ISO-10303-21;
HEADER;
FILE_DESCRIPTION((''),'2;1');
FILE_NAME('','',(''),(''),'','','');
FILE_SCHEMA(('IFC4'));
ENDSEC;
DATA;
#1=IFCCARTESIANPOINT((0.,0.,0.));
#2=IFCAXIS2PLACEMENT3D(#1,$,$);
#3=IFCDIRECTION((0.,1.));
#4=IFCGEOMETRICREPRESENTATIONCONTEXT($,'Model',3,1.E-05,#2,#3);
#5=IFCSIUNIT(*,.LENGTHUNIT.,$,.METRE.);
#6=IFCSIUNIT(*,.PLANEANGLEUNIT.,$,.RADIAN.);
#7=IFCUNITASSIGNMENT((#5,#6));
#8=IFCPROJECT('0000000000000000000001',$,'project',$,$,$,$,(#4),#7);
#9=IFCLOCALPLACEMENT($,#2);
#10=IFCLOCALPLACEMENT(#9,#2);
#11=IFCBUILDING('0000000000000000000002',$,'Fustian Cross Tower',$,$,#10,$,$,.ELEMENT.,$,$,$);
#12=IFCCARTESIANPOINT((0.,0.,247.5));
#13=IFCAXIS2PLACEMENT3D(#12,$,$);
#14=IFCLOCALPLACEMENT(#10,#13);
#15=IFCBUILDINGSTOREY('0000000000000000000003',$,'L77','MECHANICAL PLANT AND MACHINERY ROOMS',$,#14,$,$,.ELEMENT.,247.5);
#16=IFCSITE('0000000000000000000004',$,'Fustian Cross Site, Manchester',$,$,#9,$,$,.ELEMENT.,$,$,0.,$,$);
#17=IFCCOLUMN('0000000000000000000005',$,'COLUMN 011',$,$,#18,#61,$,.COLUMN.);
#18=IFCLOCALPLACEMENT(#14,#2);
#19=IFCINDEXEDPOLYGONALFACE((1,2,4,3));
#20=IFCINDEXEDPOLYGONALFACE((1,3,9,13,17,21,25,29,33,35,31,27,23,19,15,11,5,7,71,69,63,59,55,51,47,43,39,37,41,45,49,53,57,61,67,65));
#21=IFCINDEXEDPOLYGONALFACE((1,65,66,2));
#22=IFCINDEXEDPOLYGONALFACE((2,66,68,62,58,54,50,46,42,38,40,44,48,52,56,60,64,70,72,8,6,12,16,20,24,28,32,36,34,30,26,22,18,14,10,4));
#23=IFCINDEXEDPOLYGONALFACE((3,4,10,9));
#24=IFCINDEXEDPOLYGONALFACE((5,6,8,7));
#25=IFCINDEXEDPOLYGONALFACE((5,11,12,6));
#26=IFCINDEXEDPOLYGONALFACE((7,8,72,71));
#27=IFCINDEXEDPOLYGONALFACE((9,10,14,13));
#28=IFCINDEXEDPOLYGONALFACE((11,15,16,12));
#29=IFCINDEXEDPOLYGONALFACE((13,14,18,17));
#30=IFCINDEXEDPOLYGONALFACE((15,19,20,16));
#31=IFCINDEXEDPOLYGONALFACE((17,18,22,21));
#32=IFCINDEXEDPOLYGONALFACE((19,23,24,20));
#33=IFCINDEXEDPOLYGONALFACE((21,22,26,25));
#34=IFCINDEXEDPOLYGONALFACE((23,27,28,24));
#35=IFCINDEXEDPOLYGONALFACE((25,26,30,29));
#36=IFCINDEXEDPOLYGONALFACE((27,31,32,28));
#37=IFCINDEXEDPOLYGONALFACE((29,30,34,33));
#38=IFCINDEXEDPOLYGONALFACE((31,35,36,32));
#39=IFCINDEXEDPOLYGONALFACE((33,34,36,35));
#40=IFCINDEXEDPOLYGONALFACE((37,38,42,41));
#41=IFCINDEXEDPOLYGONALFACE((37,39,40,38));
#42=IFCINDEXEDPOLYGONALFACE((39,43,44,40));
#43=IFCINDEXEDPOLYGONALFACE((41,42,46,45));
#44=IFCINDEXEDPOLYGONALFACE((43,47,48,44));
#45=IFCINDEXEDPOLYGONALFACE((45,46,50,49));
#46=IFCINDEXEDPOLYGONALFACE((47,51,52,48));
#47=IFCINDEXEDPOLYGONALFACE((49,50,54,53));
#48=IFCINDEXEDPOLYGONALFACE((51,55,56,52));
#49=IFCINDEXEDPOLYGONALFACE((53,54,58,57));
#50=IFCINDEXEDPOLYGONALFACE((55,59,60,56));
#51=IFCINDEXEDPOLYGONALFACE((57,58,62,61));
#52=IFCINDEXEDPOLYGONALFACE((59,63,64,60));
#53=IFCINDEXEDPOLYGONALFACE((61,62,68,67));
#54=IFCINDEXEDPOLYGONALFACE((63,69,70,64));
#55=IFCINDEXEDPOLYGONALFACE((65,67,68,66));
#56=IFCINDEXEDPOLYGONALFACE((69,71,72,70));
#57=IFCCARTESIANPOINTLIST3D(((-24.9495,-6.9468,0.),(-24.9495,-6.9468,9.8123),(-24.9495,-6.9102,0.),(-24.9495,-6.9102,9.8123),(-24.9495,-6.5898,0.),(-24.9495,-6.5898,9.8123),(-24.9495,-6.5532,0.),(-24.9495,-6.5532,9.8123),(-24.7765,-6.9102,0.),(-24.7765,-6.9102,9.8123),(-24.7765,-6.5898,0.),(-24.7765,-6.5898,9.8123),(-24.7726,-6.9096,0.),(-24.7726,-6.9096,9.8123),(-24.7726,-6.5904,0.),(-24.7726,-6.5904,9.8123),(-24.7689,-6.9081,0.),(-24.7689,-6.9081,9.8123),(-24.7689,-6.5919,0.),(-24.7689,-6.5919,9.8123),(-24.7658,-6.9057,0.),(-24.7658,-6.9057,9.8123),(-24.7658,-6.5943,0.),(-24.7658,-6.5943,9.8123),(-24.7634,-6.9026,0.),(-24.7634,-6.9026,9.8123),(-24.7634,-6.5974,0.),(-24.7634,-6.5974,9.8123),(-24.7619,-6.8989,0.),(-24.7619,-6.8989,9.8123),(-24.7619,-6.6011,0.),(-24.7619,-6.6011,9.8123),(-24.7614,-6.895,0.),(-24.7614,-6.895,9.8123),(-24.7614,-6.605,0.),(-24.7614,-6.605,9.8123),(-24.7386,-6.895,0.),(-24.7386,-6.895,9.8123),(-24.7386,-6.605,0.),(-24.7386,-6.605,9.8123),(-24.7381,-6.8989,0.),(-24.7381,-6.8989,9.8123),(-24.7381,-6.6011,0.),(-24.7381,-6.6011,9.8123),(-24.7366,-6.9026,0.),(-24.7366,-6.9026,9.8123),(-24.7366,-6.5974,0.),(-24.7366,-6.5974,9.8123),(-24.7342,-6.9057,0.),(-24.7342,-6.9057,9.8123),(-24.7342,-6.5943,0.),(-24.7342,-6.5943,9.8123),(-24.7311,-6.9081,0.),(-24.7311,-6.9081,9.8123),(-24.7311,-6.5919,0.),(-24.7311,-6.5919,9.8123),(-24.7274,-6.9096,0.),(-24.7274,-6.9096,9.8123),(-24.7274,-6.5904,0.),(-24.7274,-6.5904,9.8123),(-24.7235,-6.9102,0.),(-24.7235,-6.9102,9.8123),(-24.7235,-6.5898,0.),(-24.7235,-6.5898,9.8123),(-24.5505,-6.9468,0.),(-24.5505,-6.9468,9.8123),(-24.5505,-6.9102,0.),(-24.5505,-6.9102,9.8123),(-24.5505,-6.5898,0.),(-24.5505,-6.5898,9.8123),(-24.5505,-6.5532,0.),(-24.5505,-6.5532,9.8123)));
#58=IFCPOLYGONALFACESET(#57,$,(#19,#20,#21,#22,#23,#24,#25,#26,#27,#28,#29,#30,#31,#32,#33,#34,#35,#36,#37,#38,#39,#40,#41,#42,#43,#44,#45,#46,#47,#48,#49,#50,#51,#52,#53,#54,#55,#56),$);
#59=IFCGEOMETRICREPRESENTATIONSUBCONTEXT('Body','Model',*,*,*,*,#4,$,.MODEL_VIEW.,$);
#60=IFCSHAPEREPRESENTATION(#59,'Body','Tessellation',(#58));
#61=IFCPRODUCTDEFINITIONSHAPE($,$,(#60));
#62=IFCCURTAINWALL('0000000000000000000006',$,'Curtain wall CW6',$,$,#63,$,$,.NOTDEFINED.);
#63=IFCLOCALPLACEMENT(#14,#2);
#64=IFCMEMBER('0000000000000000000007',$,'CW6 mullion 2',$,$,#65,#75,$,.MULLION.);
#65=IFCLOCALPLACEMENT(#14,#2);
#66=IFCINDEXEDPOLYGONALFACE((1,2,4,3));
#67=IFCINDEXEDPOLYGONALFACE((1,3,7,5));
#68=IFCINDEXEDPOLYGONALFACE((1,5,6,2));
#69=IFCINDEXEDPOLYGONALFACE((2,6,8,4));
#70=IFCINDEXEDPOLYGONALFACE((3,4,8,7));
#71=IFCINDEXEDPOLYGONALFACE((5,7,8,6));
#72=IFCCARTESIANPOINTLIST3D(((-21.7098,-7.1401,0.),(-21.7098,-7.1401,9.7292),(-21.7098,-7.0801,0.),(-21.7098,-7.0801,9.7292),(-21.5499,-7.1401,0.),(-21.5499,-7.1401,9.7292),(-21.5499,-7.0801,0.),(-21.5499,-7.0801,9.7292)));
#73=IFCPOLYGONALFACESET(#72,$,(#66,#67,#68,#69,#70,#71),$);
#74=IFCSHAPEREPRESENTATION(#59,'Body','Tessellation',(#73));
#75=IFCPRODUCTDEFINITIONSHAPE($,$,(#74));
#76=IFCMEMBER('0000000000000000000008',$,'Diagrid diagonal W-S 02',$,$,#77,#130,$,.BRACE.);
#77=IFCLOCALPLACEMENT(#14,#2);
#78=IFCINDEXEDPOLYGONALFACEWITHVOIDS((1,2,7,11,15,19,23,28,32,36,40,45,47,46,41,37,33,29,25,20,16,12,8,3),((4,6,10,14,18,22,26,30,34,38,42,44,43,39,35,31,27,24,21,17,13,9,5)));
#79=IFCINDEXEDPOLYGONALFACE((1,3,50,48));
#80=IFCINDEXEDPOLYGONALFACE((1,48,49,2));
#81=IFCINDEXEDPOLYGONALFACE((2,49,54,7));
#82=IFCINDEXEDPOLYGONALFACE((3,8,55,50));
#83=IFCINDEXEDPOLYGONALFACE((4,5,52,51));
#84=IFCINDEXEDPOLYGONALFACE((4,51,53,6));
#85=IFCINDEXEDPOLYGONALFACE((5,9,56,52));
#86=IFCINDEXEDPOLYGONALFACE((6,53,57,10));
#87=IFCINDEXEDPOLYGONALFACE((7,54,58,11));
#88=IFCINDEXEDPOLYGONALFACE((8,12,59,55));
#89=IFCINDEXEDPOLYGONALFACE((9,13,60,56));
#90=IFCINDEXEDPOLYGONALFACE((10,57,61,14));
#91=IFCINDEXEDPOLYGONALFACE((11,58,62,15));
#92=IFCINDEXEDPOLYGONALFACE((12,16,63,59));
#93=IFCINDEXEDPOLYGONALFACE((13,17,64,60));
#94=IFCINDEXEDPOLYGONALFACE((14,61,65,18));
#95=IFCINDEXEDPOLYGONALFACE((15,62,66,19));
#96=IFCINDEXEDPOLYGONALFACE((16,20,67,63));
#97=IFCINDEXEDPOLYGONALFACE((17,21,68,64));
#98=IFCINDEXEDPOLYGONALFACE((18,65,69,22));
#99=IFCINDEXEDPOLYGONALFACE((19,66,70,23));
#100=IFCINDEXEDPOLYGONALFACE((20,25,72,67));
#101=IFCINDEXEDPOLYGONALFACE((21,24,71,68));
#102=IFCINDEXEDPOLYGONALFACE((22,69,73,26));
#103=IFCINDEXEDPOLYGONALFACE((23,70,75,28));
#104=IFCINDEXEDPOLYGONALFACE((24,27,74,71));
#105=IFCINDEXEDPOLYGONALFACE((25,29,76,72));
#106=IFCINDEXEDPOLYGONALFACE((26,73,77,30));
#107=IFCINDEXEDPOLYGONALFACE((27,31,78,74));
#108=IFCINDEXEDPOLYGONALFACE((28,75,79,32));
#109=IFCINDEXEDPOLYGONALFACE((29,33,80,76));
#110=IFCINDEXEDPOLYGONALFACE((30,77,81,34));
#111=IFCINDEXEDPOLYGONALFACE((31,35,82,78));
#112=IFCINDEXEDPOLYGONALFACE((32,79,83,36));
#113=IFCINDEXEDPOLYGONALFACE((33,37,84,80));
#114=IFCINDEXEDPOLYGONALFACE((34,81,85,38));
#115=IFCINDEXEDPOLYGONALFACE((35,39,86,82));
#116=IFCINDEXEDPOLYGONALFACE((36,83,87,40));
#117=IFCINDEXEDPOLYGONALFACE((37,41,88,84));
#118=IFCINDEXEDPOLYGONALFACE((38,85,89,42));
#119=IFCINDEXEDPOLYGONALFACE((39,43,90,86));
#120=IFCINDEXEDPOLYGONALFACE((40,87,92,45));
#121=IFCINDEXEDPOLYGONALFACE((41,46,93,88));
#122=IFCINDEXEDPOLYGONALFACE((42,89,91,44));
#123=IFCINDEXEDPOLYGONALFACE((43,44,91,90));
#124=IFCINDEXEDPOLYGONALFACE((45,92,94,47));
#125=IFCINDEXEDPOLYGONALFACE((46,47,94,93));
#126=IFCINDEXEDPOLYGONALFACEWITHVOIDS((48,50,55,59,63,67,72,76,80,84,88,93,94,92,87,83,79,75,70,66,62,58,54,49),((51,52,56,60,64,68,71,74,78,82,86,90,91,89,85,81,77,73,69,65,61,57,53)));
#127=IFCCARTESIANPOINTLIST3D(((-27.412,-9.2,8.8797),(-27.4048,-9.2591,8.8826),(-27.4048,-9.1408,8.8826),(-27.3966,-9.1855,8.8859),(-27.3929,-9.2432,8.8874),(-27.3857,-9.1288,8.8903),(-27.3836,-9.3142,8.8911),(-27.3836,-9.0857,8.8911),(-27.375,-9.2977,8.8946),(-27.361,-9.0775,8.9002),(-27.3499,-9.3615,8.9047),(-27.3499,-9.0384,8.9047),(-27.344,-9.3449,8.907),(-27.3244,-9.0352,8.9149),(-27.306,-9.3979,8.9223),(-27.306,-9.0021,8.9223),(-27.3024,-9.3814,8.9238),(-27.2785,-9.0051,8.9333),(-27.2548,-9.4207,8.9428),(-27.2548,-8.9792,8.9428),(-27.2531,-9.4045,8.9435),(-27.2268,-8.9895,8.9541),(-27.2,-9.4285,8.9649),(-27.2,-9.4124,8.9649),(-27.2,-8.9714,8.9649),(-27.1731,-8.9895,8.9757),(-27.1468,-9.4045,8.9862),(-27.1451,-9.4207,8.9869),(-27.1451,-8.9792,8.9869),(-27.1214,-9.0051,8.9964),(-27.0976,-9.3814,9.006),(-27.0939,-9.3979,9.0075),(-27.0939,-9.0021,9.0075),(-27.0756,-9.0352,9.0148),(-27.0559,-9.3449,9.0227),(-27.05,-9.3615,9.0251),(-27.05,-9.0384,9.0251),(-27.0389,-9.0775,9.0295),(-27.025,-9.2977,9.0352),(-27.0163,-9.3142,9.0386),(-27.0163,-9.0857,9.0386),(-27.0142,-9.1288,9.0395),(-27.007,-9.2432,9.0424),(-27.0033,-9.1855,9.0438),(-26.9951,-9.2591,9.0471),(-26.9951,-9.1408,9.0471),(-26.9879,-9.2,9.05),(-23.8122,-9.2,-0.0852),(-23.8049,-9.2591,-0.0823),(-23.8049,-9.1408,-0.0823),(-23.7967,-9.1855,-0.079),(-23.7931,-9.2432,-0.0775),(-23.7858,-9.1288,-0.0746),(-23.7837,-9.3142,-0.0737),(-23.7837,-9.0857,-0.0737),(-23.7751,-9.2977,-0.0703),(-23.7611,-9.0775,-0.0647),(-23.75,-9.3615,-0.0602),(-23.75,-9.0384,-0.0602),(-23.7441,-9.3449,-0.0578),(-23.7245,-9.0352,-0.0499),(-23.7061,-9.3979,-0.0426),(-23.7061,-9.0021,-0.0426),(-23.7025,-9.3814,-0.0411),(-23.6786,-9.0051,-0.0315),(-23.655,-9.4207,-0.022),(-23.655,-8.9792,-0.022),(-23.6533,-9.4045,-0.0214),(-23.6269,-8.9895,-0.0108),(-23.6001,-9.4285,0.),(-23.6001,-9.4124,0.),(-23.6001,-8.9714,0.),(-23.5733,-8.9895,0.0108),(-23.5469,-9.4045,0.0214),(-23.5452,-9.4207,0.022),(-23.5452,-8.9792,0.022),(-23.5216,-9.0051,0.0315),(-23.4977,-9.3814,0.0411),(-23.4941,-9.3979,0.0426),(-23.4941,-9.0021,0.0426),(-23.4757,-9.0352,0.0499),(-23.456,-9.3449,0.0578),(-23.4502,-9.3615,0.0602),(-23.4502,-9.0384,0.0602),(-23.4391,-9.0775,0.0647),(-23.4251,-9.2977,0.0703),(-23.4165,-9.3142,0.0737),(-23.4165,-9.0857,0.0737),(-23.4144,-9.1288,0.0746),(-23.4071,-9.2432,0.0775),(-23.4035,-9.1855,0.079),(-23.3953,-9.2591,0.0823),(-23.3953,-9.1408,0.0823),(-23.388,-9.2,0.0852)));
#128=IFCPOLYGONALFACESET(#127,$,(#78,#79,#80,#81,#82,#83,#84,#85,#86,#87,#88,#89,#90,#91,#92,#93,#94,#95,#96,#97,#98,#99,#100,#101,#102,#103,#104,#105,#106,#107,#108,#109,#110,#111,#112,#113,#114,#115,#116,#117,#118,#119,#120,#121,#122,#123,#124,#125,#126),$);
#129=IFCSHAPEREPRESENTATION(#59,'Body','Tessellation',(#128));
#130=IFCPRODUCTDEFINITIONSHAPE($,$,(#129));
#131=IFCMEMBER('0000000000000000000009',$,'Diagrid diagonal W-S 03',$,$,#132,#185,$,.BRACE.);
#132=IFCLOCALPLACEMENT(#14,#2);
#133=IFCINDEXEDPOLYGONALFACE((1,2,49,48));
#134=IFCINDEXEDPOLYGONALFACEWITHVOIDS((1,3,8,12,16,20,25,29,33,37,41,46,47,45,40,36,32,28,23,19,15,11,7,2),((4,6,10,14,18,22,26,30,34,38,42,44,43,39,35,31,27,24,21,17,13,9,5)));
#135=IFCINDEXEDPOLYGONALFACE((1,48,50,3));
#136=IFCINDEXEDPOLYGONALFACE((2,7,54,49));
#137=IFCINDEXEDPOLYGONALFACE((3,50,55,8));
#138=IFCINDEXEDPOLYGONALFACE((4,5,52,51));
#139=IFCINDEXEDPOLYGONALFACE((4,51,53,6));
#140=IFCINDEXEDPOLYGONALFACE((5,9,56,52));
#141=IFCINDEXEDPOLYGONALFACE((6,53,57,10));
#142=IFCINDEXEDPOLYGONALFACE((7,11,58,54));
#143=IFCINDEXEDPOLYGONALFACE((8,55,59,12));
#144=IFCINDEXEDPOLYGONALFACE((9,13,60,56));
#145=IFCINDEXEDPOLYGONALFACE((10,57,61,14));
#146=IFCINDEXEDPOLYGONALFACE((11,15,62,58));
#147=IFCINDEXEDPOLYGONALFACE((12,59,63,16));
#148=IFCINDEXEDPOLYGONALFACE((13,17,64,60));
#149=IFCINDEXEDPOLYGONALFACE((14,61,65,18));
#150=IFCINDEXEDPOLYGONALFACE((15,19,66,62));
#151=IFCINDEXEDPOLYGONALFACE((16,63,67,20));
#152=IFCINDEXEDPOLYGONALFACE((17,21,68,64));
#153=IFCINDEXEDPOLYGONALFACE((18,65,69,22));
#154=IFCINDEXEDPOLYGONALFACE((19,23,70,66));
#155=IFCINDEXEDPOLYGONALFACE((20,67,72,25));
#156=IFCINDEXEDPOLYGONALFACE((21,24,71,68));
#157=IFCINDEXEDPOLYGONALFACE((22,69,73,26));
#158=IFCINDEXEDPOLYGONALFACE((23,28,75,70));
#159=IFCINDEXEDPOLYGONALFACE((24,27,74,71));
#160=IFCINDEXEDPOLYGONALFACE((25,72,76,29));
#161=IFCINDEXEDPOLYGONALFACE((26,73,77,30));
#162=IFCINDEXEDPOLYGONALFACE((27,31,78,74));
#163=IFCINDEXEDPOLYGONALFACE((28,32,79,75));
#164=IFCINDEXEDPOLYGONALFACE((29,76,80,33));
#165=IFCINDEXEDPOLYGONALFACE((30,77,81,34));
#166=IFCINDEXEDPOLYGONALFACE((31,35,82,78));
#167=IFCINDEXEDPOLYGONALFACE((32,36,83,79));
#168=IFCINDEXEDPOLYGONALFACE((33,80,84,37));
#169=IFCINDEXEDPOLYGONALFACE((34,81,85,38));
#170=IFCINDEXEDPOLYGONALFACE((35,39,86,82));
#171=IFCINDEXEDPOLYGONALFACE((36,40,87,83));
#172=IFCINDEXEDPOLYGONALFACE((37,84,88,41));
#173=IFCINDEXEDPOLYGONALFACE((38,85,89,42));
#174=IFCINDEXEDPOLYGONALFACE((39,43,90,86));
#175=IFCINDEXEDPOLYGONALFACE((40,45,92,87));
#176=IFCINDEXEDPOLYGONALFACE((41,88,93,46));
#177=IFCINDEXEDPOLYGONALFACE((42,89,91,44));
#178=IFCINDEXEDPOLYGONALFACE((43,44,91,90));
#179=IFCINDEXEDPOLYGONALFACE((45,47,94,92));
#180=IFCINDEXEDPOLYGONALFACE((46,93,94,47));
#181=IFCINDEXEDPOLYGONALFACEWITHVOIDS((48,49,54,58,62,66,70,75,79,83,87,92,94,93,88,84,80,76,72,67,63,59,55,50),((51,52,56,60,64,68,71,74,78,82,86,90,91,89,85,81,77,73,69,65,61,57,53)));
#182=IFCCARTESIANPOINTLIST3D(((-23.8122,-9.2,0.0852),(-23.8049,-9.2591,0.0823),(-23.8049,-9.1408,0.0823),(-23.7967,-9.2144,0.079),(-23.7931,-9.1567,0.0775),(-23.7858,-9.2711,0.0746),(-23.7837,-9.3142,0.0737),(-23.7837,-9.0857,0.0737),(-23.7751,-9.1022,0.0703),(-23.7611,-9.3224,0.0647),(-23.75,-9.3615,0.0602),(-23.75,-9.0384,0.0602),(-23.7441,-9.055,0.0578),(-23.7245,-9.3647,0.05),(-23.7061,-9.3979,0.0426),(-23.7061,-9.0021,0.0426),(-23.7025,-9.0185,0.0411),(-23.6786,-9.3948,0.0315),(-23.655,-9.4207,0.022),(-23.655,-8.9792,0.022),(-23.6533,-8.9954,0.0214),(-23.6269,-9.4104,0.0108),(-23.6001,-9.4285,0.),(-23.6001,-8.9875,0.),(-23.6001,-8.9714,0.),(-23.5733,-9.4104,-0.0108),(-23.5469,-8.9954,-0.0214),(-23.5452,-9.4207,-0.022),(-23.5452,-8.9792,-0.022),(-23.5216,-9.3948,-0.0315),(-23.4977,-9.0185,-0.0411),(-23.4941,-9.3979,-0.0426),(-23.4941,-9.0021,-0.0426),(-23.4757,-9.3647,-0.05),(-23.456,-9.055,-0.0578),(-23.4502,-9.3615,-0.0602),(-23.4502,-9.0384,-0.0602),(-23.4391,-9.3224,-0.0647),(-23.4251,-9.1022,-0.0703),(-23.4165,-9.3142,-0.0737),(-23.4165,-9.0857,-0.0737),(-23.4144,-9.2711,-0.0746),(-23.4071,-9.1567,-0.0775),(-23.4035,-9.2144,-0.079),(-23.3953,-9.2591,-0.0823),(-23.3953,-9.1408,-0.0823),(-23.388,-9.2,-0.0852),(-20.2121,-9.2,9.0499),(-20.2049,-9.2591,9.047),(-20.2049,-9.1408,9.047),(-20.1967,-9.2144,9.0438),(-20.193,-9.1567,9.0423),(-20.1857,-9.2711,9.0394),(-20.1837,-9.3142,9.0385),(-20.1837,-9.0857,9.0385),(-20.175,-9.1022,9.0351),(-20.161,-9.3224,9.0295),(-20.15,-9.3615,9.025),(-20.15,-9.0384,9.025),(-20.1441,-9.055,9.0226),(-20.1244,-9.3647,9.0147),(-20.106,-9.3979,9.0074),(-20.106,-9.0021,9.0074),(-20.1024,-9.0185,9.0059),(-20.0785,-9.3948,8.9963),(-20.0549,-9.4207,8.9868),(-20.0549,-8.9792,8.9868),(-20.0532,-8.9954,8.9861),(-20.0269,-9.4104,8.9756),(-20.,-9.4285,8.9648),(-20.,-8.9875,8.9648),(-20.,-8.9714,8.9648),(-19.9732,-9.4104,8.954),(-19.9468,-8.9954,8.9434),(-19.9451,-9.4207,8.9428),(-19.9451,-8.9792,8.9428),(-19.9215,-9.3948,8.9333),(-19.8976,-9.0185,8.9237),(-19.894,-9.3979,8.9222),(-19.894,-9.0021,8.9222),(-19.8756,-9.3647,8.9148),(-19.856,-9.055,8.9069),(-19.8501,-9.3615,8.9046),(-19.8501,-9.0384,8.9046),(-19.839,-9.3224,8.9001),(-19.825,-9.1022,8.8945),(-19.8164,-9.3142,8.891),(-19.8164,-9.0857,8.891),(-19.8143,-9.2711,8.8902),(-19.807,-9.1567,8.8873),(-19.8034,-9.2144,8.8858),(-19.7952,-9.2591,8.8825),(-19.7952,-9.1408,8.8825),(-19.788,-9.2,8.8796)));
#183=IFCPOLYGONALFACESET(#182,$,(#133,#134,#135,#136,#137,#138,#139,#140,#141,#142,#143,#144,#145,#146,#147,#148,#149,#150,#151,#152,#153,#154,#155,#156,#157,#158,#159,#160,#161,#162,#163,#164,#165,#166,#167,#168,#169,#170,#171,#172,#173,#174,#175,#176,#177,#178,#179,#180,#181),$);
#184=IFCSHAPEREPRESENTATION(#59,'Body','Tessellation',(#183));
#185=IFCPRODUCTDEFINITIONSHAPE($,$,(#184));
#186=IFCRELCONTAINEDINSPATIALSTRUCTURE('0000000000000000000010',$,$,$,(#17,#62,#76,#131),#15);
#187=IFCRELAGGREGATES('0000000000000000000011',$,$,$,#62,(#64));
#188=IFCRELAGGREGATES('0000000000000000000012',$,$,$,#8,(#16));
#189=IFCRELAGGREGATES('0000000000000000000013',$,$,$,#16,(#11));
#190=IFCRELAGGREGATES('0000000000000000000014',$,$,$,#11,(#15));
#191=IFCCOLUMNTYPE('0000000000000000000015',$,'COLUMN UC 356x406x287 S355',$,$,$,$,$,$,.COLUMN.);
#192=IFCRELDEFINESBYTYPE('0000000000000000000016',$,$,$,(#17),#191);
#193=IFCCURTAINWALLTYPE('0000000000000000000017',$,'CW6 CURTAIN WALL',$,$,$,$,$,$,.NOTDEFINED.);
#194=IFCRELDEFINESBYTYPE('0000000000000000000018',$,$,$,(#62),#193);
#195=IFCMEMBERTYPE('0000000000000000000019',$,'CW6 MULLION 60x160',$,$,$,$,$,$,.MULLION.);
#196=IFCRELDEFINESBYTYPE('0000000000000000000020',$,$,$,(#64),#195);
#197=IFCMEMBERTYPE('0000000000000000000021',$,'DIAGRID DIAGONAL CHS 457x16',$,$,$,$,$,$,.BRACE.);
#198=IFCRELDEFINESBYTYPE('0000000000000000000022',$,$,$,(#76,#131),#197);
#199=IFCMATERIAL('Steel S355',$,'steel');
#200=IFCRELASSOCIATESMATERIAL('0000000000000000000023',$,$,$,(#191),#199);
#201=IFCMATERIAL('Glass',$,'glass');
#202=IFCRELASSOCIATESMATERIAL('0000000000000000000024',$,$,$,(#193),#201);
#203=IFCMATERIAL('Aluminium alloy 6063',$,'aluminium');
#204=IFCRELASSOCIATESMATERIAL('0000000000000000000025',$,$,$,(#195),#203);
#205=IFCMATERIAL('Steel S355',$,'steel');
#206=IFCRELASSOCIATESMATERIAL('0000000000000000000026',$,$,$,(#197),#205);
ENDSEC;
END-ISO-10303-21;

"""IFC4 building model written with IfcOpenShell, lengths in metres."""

from ifc_helpers import new_model, si_unit, direction, frame, origin, origin_2d, place, context, subcontext, project, spatial, rectangle, hollow_circle, i_section, extrude, material, material_profile, profile_set, type_object, element, aggregate, save


model = new_model("IFC4")

# Units and contexts
model_context = context("Model", 3, precision=1e-05, world=origin(), true_north=direction((0.0, 1.0)))
body_context = subcontext(model_context, "Body", "Model", "MODEL_VIEW")
ifc_project = project(units=[si_unit("LENGTHUNIT", "METRE"), si_unit("PLANEANGLEUNIT", "RADIAN")], contexts=[model_context])

# Site, building, storey
site_placement = place(None, origin())
site = spatial("IfcSite", under=ifc_project, at=site_placement, Name="Fustian Cross Site, Manchester", CompositionType="ELEMENT", RefElevation=0.0)
building_placement = place(site_placement, origin())
building = spatial("IfcBuilding", under=site, at=building_placement, Name="Fustian Cross Tower", CompositionType="ELEMENT")
storey_placement = place(building_placement, frame((0.0, 0.0, 247.5)))
storey = spatial("IfcBuildingStorey", under=building, at=storey_placement, Name="L77", Description="MECHANICAL PLANT AND MACHINERY ROOMS", CompositionType="ELEMENT", Elevation=247.5)

# Column
ifc_material_1 = material(Name="Steel S355", Category="steel")
ifc_material_profile_1 = material_profile(ifc_material_1, i_section(OverallWidth=0.3989, OverallDepth=0.3936, WebThickness=0.0227, FlangeThickness=0.0366, FilletRadius=0.0151, at=origin_2d()), Name="UC 356x406x287")
ifc_profile_set_1 = profile_set([ifc_material_profile_1], Name="Steel S355")
column_type = type_object("IfcColumnType", Name="COLUMN UC 356x406x287 S355", PredefinedType="COLUMN", material=ifc_profile_set_1)
column_placement = place(storey_placement, frame((-24.75, -6.75, 0.0), z_axis=(0.0, 0.0, 1.0), x_axis=(1.0, 0.0, 0.0)))
element("IfcColumn", 1, at=column_placement, inside=storey, type_object=column_type, Name="COLUMN 011", PredefinedType="COLUMN", context=body_context, shape_type="SweptSolid", body=[
    extrude(i_section(OverallWidth=0.3989, OverallDepth=0.3936, WebThickness=0.0227, FlangeThickness=0.0366, FilletRadius=0.0151, at=origin_2d()), origin(), (0.0, 0.0, 1.0), 9.8123),
])

# Curtain wall, member
ifc_material_2 = material(Name="Glass", Category="glass")
curtain_wall_type = type_object("IfcCurtainWallType", Name="CW6 CURTAIN WALL", PredefinedType="NOTDEFINED", material=ifc_material_2)
curtain_wall_placement = place(storey_placement, origin())
curtain_wall = element("IfcCurtainWall", 2, at=curtain_wall_placement, inside=storey, type_object=curtain_wall_type, Name="Curtain wall CW6", PredefinedType="NOTDEFINED")
ifc_material_3 = material(Name="Aluminium alloy 6063", Category="aluminium")
ifc_material_profile_2 = material_profile(ifc_material_3, rectangle(XDim=0.0601, YDim=0.1599, at=origin_2d()), Name="CW6 MULLION 60x160")
ifc_profile_set_2 = profile_set([ifc_material_profile_2], Name="Aluminium alloy 6063")
member_type_1 = type_object("IfcMemberType", Name="CW6 MULLION 60x160", PredefinedType="MULLION", material=ifc_profile_set_2)
member_1_placement = place(storey_placement, frame((-21.6299, -7.1101, 0.0), z_axis=(0.0, 0.0, 1.0), x_axis=(0.0, 1.0, 0.0)))
member_1 = element("IfcMember", 3, at=member_1_placement, type_object=member_type_1, Name="CW6 mullion 2", PredefinedType="MULLION", context=body_context, shape_type="SweptSolid", body=[
    extrude(rectangle(XDim=0.0601, YDim=0.1599, at=origin_2d()), origin(), (0.0, 0.0, 1.0), 9.7292),
])

# Members
ifc_material_4 = material(Name="Steel S355", Category="steel")
ifc_material_profile_3 = material_profile(ifc_material_4, hollow_circle(Radius=0.2285, WallThickness=0.0161, at=origin_2d()), Name="CHS 457x16")
ifc_profile_set_3 = profile_set([ifc_material_profile_3], Name="Steel S355")
member_type_2 = type_object("IfcMemberType", Name="DIAGRID DIAGONAL CHS 457x16", PredefinedType="BRACE", material=ifc_profile_set_3)
for number, where, z_axis, x_axis, name in (
    (4, (-23.6001, -9.2, 0.0), (-0.372632, 0.0, 0.927979), (0.0, -1.0, 0.0), "Diagrid diagonal W-S 02"),
    (5, (-23.6001, -9.2, 0.0), (0.372654, 0.0, 0.92797), (0.0, 1.0, 0.0), "Diagrid diagonal W-S 03"),
):
    element("IfcMember", number, at=place(storey_placement, frame(where, z_axis=z_axis, x_axis=x_axis)), inside=storey, type_object=member_type_2, Name=name, PredefinedType="BRACE", context=body_context, shape_type="SweptSolid", body=[
        extrude(hollow_circle(Radius=0.2285, WallThickness=0.0161, at=origin_2d()), origin(), (0.0, 0.0, 1.0), 9.6606),
    ])

aggregate(curtain_wall, [member_1])

save(model, "model.ifc")
